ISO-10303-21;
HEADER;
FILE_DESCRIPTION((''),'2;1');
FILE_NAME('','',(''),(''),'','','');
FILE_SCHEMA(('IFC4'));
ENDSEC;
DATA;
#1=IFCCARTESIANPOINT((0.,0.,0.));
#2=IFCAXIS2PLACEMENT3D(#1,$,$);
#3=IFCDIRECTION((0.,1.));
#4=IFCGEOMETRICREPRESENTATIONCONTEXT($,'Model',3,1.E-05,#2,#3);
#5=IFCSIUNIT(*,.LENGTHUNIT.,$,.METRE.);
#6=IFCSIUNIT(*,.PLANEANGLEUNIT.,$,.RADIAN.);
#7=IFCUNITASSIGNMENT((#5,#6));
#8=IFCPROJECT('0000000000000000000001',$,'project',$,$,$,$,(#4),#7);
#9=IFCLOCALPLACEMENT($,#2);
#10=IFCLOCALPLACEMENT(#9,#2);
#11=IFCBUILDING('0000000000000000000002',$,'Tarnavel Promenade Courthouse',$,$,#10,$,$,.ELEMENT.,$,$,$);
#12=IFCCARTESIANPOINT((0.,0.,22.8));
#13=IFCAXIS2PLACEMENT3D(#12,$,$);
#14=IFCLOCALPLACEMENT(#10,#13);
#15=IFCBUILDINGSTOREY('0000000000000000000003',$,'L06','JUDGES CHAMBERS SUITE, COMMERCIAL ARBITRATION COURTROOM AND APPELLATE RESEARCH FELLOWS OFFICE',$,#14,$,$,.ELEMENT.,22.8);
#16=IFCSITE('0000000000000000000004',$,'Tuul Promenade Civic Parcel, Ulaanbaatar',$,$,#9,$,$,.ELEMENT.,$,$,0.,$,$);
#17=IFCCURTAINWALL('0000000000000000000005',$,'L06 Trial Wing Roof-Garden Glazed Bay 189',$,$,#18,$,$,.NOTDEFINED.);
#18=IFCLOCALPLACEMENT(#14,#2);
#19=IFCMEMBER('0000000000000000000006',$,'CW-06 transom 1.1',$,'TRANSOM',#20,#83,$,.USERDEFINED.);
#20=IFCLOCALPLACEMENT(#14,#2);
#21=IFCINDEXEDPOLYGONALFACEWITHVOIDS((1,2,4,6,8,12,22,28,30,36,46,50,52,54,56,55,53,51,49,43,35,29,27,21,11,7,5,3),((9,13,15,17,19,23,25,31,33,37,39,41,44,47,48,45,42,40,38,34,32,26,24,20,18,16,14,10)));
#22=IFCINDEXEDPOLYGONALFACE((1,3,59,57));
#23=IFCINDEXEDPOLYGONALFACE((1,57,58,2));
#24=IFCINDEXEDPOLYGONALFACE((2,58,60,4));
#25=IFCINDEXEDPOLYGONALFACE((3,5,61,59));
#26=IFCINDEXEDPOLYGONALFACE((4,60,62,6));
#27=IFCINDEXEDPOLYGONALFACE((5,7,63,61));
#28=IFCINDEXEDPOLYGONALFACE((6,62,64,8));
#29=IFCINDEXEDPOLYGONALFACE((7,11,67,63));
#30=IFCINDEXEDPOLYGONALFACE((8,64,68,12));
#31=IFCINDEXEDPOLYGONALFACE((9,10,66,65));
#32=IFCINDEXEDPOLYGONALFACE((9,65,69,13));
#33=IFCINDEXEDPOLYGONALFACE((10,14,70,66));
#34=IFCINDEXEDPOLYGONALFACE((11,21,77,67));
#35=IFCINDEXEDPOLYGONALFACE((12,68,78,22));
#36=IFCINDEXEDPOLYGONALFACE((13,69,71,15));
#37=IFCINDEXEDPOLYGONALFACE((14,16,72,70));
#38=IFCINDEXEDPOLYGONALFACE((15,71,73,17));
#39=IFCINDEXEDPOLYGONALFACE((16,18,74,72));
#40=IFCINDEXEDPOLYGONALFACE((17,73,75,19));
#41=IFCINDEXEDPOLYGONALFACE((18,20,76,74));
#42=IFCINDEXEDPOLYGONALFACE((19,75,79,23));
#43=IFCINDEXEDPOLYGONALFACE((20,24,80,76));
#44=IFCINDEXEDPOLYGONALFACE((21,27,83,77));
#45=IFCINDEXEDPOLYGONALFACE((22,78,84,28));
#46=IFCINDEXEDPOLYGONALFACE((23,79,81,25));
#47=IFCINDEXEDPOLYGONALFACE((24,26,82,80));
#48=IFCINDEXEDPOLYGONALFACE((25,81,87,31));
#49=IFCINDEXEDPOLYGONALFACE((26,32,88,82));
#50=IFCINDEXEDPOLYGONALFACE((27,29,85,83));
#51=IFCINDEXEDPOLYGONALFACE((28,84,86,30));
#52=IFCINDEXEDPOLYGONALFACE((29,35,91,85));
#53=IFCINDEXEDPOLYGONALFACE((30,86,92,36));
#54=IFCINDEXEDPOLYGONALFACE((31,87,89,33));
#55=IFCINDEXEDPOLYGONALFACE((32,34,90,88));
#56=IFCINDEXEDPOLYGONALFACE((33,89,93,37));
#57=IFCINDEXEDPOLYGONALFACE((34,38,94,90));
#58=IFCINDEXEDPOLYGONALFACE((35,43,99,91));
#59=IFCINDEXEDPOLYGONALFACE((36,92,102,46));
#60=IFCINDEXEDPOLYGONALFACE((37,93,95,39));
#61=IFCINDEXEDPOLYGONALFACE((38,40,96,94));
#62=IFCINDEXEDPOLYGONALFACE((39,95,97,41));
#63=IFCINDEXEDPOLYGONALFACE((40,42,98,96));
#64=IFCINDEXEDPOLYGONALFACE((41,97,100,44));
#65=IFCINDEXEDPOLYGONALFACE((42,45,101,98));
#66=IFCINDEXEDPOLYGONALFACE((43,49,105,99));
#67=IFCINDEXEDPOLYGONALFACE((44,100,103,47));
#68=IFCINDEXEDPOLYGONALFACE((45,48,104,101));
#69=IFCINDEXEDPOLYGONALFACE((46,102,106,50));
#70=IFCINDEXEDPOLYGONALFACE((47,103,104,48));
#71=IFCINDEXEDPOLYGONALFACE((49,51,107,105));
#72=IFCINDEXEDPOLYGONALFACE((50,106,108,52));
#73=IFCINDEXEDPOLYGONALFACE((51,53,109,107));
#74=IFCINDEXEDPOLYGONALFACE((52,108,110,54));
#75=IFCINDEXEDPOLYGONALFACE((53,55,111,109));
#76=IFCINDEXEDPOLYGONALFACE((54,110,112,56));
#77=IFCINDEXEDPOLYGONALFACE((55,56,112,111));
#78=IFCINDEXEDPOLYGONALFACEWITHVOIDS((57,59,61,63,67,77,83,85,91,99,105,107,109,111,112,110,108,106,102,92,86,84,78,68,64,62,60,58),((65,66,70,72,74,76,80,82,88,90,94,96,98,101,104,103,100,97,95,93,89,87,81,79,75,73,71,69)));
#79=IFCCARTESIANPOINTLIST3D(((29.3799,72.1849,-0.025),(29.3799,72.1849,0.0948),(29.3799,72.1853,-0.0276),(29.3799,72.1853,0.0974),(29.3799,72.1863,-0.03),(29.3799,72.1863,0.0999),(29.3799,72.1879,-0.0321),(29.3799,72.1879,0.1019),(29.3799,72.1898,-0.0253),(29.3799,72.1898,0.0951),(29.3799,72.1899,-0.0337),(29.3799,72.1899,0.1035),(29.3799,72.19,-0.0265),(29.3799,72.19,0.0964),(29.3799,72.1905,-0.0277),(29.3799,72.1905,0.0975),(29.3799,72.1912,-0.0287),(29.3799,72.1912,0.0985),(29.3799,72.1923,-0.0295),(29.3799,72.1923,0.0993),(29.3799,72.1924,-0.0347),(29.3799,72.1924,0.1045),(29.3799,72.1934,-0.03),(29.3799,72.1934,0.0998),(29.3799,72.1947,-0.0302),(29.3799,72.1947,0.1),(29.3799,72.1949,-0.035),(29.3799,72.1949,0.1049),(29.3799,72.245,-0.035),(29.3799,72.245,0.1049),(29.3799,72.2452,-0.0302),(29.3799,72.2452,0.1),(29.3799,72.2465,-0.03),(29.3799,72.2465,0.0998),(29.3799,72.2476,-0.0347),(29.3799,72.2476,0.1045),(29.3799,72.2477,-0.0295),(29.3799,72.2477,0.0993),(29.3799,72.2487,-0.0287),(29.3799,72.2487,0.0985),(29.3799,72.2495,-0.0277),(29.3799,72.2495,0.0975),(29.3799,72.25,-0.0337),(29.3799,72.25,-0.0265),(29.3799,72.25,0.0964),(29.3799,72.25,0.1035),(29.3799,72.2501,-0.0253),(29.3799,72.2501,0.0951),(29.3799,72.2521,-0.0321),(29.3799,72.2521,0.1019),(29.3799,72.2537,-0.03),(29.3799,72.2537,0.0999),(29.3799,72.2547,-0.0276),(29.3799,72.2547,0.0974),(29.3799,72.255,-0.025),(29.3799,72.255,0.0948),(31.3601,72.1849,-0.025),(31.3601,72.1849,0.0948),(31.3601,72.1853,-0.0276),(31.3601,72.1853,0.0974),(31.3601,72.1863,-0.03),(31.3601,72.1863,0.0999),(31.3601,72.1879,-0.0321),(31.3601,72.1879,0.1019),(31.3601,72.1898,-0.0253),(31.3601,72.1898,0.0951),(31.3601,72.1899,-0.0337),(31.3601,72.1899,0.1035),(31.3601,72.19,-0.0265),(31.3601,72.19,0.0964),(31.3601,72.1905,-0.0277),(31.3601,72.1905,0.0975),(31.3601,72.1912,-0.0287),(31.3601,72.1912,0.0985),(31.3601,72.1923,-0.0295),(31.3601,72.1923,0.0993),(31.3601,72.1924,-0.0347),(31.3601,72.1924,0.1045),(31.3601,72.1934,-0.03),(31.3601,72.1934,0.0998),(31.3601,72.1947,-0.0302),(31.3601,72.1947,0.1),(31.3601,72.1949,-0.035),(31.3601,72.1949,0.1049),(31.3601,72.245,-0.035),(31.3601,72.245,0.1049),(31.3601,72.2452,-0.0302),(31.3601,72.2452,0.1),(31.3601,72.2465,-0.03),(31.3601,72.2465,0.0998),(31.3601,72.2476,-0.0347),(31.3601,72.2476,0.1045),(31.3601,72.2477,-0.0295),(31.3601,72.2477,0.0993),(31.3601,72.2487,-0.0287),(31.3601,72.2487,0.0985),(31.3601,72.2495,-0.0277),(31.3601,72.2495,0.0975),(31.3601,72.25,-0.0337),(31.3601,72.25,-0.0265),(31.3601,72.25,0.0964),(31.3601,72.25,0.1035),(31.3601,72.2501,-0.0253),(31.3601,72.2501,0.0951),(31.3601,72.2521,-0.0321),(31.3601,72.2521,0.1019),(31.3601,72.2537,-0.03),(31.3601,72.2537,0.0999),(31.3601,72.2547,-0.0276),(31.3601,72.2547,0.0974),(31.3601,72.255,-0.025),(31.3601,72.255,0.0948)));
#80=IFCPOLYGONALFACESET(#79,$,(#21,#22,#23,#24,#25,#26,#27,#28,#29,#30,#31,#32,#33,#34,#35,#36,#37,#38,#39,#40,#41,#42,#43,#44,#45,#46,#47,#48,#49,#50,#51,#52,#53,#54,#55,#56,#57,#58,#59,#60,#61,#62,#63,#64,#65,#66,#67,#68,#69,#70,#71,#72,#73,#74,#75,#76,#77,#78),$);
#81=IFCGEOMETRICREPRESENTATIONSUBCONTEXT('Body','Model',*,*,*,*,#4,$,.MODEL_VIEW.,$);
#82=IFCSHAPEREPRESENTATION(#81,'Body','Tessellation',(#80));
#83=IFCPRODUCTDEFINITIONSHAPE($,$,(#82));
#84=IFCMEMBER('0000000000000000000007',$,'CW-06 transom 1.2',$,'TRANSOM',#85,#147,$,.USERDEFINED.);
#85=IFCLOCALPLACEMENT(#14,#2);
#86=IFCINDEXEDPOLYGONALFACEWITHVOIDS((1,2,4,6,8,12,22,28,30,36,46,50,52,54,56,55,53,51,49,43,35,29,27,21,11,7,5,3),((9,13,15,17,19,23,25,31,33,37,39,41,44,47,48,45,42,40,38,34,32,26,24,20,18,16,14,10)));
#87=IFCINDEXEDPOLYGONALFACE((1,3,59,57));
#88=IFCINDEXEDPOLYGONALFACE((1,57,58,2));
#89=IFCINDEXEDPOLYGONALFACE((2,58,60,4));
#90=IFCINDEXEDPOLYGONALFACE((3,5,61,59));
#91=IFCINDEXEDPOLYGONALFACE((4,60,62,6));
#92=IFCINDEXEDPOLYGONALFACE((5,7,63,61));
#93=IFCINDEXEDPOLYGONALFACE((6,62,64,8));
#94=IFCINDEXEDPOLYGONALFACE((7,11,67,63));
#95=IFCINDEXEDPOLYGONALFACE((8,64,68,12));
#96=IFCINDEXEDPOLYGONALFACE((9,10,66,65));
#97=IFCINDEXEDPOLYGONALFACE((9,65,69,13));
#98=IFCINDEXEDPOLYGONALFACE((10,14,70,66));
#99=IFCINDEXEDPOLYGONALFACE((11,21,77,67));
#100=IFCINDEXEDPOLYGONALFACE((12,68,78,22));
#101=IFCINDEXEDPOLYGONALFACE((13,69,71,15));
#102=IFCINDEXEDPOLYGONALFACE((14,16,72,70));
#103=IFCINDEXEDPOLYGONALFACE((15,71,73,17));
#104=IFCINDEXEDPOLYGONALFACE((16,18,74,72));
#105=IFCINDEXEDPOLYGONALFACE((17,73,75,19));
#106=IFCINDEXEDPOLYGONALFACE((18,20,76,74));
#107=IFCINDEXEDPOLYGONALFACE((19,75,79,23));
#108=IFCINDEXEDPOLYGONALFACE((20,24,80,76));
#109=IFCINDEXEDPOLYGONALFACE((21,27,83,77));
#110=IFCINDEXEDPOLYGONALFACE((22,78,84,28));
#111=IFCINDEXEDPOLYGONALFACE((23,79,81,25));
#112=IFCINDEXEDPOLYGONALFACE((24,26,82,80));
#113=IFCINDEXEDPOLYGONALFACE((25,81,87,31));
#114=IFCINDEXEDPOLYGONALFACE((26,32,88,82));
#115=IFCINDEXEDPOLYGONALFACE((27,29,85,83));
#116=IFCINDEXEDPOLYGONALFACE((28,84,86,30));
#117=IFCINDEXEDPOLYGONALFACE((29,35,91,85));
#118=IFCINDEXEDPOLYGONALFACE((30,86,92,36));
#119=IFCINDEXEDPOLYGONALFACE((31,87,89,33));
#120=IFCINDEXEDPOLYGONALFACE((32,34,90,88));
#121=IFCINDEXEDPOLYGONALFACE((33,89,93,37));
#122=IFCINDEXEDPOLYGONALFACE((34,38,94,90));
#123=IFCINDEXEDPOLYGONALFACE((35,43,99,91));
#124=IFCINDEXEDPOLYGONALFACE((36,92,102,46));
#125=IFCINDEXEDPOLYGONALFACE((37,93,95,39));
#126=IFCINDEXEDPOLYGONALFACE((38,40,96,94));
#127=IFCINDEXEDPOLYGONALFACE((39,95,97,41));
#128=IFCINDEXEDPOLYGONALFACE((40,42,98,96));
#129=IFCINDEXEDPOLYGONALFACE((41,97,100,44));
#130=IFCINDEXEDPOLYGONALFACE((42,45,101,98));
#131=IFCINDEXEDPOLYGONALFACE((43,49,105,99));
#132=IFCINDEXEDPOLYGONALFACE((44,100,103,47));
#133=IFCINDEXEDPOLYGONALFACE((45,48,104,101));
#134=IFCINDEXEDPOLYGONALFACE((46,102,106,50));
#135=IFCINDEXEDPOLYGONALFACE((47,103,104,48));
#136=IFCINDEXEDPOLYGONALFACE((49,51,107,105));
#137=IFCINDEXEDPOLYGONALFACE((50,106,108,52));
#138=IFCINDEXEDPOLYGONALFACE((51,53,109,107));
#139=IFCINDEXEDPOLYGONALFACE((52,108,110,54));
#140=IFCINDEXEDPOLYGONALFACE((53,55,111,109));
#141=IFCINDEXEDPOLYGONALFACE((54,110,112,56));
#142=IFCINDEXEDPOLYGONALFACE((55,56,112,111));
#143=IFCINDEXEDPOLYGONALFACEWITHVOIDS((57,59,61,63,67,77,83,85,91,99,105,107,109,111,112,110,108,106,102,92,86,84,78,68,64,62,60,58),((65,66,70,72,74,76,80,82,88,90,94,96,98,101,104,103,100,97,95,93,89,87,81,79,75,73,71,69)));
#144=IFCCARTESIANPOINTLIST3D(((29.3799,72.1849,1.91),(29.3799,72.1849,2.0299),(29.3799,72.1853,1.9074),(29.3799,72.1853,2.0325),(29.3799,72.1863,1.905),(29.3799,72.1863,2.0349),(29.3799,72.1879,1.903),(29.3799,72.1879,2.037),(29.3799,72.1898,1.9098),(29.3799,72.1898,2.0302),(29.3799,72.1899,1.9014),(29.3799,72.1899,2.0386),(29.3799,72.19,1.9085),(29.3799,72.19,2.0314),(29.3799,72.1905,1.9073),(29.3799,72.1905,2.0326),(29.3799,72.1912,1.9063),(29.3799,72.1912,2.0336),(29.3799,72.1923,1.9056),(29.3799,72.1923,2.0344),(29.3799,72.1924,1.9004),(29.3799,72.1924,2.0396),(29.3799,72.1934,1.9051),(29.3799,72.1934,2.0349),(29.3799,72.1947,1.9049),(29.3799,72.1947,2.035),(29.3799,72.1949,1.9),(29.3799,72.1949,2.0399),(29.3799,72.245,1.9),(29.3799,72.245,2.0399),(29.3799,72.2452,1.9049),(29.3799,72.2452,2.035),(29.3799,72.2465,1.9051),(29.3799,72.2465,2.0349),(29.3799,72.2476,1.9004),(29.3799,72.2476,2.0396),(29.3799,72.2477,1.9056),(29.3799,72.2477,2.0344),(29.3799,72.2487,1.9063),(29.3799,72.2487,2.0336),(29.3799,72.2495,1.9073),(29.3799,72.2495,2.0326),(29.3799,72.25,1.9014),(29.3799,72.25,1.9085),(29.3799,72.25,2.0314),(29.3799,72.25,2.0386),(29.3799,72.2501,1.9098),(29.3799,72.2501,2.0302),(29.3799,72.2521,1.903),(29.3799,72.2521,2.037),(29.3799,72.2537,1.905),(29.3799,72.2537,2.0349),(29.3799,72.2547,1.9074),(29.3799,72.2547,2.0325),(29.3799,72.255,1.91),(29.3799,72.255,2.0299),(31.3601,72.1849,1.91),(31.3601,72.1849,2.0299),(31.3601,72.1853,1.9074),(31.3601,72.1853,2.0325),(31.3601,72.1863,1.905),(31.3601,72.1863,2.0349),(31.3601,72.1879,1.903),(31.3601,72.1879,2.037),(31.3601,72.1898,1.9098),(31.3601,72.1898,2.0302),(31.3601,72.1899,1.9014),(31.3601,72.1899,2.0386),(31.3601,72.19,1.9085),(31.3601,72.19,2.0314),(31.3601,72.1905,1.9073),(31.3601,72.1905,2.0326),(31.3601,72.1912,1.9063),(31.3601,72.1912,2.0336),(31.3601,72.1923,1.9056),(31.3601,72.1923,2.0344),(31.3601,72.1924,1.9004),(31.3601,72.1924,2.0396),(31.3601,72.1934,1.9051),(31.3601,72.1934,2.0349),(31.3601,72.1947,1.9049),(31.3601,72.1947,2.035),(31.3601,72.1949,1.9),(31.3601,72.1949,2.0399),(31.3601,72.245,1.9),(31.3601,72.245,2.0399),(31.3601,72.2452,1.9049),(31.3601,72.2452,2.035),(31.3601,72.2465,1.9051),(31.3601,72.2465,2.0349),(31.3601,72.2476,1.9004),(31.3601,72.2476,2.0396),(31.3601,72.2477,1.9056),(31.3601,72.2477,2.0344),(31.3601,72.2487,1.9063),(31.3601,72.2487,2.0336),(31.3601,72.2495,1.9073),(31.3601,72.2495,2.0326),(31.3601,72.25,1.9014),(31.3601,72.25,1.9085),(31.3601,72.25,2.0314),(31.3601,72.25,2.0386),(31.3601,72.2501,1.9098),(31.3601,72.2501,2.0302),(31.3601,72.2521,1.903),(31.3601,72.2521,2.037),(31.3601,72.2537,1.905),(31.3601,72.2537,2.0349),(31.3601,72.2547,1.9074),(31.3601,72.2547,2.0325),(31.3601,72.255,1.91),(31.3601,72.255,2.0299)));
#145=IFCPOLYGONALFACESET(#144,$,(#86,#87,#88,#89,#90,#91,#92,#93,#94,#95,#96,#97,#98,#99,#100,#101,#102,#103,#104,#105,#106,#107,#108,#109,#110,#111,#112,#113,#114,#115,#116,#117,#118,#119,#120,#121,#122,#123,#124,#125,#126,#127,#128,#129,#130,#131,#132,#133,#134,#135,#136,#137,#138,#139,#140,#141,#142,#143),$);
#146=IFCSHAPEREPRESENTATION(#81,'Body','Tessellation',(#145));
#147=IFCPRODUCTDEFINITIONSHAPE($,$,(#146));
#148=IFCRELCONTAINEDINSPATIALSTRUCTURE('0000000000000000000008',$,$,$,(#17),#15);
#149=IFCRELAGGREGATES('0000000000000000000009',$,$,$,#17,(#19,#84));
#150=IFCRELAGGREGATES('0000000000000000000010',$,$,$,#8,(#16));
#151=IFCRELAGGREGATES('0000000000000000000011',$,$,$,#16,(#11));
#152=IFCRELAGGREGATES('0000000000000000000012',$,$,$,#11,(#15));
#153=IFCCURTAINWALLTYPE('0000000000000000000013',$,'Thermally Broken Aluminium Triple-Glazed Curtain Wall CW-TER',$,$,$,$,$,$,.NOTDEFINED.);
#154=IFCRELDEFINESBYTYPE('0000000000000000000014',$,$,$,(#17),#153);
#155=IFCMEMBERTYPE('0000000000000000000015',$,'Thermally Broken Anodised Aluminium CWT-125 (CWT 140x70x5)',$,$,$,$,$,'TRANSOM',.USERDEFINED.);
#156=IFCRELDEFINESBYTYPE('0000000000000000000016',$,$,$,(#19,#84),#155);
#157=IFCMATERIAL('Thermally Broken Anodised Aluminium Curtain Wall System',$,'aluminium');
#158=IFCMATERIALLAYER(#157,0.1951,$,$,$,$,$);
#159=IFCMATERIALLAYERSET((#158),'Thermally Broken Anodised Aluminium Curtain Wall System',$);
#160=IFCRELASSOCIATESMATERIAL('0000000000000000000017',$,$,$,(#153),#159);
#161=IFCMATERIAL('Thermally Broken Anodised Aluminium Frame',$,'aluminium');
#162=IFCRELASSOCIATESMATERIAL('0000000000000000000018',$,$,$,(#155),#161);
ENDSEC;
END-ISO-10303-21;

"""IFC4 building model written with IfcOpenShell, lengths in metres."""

from ifc_helpers import new_model, si_unit, direction, frame, origin, origin_2d, place, context, subcontext, project, spatial, hollow_rectangle, extrude, material, layer, layer_set, material_profile, profile_set, type_object, element, aggregate, save


model = new_model("IFC4")

# Units and contexts
model_context = context("Model", 3, precision=1e-05, world=origin(), true_north=direction((0.0, 1.0)))
body_context = subcontext(model_context, "Body", "Model", "MODEL_VIEW")
ifc_project = project(units=[si_unit("LENGTHUNIT", "METRE"), si_unit("PLANEANGLEUNIT", "RADIAN")], contexts=[model_context])

# Site, building, storey
site_placement = place(None, origin())
site = spatial("IfcSite", under=ifc_project, at=site_placement, Name="Tuul Promenade Civic Parcel, Ulaanbaatar", CompositionType="ELEMENT", RefElevation=0.0)
building_placement = place(site_placement, origin())
building = spatial("IfcBuilding", under=site, at=building_placement, Name="Tarnavel Promenade Courthouse", CompositionType="ELEMENT")
storey_placement = place(building_placement, frame((0.0, 0.0, 22.8)))
storey = spatial("IfcBuildingStorey", under=building, at=storey_placement, Name="L06", Description="JUDGES CHAMBERS SUITE, COMMERCIAL ARBITRATION COURTROOM AND APPELLATE RESEARCH FELLOWS OFFICE", CompositionType="ELEMENT", Elevation=22.8)

# Curtain wall
ifc_material_1 = material(Name="Thermally Broken Anodised Aluminium Curtain Wall System", Category="aluminium")
ifc_layer_1 = layer(ifc_material_1, 0.1951)
ifc_layer_set_1 = layer_set([ifc_layer_1], Name="Thermally Broken Anodised Aluminium Curtain Wall System")
curtain_wall_type = type_object("IfcCurtainWallType", Name="Thermally Broken Aluminium Triple-Glazed Curtain Wall CW-TER", PredefinedType="NOTDEFINED", material=ifc_layer_set_1)
curtain_wall_1_placement = place(storey_placement, origin())
curtain_wall_1 = element("IfcCurtainWall", 1, at=curtain_wall_1_placement, inside=storey, type_object=curtain_wall_type, Name="L06 Trial Wing Roof-Garden Glazed Bay 189", PredefinedType="NOTDEFINED")
ifc_material_2 = material(Name="Thermally Broken Anodised Aluminium Frame", Category="aluminium")

# Members
ifc_material_profile_1 = material_profile(ifc_material_2, hollow_rectangle(XDim=0.0701, YDim=0.1399, WallThickness=0.0049, InnerFilletRadius=0.0049, OuterFilletRadius=0.01, at=origin_2d()), Name="CWT 140x70x5")
ifc_profile_set_1 = profile_set([ifc_material_profile_1], Name="Thermally Broken Anodised Aluminium Frame")
member_type_1 = type_object("IfcMemberType", Name="Thermally Broken Anodised Aluminium CWT-125 (CWT 140x70x5)", ElementType="TRANSOM", PredefinedType="USERDEFINED", material=ifc_profile_set_1)
member_1_placement = place(storey_placement, frame((29.3799, 72.22, 0.0349), z_axis=(1.0, 0.0, 0.0), x_axis=(0.0, 1.0, 0.0)))
member_1 = element("IfcMember", 2, at=member_1_placement, type_object=member_type_1, Name="CW-06 transom 1.1", ObjectType="TRANSOM", PredefinedType="USERDEFINED", context=body_context, shape_type="SweptSolid", body=[
    extrude(hollow_rectangle(XDim=0.0701, YDim=0.1399, WallThickness=0.0049, InnerFilletRadius=0.0049, OuterFilletRadius=0.01, at=origin_2d()), origin(), (0.0, 0.0, 1.0), 1.9802),
])
member_2_placement = place(storey_placement, frame((29.3799, 72.22, 1.97), z_axis=(1.0, 0.0, 0.0), x_axis=(0.0, 1.0, 0.0)))
member_2 = element("IfcMember", 3, at=member_2_placement, type_object=member_type_1, Name="CW-06 transom 1.2", ObjectType="TRANSOM", PredefinedType="USERDEFINED", context=body_context, shape_type="SweptSolid", body=[
    extrude(hollow_rectangle(XDim=0.0701, YDim=0.1399, WallThickness=0.0049, InnerFilletRadius=0.0049, OuterFilletRadius=0.01, at=origin_2d()), origin(), (0.0, 0.0, 1.0), 1.9802),
])

aggregate(curtain_wall_1, [member_1, member_2])

save(model, "model.ifc")
